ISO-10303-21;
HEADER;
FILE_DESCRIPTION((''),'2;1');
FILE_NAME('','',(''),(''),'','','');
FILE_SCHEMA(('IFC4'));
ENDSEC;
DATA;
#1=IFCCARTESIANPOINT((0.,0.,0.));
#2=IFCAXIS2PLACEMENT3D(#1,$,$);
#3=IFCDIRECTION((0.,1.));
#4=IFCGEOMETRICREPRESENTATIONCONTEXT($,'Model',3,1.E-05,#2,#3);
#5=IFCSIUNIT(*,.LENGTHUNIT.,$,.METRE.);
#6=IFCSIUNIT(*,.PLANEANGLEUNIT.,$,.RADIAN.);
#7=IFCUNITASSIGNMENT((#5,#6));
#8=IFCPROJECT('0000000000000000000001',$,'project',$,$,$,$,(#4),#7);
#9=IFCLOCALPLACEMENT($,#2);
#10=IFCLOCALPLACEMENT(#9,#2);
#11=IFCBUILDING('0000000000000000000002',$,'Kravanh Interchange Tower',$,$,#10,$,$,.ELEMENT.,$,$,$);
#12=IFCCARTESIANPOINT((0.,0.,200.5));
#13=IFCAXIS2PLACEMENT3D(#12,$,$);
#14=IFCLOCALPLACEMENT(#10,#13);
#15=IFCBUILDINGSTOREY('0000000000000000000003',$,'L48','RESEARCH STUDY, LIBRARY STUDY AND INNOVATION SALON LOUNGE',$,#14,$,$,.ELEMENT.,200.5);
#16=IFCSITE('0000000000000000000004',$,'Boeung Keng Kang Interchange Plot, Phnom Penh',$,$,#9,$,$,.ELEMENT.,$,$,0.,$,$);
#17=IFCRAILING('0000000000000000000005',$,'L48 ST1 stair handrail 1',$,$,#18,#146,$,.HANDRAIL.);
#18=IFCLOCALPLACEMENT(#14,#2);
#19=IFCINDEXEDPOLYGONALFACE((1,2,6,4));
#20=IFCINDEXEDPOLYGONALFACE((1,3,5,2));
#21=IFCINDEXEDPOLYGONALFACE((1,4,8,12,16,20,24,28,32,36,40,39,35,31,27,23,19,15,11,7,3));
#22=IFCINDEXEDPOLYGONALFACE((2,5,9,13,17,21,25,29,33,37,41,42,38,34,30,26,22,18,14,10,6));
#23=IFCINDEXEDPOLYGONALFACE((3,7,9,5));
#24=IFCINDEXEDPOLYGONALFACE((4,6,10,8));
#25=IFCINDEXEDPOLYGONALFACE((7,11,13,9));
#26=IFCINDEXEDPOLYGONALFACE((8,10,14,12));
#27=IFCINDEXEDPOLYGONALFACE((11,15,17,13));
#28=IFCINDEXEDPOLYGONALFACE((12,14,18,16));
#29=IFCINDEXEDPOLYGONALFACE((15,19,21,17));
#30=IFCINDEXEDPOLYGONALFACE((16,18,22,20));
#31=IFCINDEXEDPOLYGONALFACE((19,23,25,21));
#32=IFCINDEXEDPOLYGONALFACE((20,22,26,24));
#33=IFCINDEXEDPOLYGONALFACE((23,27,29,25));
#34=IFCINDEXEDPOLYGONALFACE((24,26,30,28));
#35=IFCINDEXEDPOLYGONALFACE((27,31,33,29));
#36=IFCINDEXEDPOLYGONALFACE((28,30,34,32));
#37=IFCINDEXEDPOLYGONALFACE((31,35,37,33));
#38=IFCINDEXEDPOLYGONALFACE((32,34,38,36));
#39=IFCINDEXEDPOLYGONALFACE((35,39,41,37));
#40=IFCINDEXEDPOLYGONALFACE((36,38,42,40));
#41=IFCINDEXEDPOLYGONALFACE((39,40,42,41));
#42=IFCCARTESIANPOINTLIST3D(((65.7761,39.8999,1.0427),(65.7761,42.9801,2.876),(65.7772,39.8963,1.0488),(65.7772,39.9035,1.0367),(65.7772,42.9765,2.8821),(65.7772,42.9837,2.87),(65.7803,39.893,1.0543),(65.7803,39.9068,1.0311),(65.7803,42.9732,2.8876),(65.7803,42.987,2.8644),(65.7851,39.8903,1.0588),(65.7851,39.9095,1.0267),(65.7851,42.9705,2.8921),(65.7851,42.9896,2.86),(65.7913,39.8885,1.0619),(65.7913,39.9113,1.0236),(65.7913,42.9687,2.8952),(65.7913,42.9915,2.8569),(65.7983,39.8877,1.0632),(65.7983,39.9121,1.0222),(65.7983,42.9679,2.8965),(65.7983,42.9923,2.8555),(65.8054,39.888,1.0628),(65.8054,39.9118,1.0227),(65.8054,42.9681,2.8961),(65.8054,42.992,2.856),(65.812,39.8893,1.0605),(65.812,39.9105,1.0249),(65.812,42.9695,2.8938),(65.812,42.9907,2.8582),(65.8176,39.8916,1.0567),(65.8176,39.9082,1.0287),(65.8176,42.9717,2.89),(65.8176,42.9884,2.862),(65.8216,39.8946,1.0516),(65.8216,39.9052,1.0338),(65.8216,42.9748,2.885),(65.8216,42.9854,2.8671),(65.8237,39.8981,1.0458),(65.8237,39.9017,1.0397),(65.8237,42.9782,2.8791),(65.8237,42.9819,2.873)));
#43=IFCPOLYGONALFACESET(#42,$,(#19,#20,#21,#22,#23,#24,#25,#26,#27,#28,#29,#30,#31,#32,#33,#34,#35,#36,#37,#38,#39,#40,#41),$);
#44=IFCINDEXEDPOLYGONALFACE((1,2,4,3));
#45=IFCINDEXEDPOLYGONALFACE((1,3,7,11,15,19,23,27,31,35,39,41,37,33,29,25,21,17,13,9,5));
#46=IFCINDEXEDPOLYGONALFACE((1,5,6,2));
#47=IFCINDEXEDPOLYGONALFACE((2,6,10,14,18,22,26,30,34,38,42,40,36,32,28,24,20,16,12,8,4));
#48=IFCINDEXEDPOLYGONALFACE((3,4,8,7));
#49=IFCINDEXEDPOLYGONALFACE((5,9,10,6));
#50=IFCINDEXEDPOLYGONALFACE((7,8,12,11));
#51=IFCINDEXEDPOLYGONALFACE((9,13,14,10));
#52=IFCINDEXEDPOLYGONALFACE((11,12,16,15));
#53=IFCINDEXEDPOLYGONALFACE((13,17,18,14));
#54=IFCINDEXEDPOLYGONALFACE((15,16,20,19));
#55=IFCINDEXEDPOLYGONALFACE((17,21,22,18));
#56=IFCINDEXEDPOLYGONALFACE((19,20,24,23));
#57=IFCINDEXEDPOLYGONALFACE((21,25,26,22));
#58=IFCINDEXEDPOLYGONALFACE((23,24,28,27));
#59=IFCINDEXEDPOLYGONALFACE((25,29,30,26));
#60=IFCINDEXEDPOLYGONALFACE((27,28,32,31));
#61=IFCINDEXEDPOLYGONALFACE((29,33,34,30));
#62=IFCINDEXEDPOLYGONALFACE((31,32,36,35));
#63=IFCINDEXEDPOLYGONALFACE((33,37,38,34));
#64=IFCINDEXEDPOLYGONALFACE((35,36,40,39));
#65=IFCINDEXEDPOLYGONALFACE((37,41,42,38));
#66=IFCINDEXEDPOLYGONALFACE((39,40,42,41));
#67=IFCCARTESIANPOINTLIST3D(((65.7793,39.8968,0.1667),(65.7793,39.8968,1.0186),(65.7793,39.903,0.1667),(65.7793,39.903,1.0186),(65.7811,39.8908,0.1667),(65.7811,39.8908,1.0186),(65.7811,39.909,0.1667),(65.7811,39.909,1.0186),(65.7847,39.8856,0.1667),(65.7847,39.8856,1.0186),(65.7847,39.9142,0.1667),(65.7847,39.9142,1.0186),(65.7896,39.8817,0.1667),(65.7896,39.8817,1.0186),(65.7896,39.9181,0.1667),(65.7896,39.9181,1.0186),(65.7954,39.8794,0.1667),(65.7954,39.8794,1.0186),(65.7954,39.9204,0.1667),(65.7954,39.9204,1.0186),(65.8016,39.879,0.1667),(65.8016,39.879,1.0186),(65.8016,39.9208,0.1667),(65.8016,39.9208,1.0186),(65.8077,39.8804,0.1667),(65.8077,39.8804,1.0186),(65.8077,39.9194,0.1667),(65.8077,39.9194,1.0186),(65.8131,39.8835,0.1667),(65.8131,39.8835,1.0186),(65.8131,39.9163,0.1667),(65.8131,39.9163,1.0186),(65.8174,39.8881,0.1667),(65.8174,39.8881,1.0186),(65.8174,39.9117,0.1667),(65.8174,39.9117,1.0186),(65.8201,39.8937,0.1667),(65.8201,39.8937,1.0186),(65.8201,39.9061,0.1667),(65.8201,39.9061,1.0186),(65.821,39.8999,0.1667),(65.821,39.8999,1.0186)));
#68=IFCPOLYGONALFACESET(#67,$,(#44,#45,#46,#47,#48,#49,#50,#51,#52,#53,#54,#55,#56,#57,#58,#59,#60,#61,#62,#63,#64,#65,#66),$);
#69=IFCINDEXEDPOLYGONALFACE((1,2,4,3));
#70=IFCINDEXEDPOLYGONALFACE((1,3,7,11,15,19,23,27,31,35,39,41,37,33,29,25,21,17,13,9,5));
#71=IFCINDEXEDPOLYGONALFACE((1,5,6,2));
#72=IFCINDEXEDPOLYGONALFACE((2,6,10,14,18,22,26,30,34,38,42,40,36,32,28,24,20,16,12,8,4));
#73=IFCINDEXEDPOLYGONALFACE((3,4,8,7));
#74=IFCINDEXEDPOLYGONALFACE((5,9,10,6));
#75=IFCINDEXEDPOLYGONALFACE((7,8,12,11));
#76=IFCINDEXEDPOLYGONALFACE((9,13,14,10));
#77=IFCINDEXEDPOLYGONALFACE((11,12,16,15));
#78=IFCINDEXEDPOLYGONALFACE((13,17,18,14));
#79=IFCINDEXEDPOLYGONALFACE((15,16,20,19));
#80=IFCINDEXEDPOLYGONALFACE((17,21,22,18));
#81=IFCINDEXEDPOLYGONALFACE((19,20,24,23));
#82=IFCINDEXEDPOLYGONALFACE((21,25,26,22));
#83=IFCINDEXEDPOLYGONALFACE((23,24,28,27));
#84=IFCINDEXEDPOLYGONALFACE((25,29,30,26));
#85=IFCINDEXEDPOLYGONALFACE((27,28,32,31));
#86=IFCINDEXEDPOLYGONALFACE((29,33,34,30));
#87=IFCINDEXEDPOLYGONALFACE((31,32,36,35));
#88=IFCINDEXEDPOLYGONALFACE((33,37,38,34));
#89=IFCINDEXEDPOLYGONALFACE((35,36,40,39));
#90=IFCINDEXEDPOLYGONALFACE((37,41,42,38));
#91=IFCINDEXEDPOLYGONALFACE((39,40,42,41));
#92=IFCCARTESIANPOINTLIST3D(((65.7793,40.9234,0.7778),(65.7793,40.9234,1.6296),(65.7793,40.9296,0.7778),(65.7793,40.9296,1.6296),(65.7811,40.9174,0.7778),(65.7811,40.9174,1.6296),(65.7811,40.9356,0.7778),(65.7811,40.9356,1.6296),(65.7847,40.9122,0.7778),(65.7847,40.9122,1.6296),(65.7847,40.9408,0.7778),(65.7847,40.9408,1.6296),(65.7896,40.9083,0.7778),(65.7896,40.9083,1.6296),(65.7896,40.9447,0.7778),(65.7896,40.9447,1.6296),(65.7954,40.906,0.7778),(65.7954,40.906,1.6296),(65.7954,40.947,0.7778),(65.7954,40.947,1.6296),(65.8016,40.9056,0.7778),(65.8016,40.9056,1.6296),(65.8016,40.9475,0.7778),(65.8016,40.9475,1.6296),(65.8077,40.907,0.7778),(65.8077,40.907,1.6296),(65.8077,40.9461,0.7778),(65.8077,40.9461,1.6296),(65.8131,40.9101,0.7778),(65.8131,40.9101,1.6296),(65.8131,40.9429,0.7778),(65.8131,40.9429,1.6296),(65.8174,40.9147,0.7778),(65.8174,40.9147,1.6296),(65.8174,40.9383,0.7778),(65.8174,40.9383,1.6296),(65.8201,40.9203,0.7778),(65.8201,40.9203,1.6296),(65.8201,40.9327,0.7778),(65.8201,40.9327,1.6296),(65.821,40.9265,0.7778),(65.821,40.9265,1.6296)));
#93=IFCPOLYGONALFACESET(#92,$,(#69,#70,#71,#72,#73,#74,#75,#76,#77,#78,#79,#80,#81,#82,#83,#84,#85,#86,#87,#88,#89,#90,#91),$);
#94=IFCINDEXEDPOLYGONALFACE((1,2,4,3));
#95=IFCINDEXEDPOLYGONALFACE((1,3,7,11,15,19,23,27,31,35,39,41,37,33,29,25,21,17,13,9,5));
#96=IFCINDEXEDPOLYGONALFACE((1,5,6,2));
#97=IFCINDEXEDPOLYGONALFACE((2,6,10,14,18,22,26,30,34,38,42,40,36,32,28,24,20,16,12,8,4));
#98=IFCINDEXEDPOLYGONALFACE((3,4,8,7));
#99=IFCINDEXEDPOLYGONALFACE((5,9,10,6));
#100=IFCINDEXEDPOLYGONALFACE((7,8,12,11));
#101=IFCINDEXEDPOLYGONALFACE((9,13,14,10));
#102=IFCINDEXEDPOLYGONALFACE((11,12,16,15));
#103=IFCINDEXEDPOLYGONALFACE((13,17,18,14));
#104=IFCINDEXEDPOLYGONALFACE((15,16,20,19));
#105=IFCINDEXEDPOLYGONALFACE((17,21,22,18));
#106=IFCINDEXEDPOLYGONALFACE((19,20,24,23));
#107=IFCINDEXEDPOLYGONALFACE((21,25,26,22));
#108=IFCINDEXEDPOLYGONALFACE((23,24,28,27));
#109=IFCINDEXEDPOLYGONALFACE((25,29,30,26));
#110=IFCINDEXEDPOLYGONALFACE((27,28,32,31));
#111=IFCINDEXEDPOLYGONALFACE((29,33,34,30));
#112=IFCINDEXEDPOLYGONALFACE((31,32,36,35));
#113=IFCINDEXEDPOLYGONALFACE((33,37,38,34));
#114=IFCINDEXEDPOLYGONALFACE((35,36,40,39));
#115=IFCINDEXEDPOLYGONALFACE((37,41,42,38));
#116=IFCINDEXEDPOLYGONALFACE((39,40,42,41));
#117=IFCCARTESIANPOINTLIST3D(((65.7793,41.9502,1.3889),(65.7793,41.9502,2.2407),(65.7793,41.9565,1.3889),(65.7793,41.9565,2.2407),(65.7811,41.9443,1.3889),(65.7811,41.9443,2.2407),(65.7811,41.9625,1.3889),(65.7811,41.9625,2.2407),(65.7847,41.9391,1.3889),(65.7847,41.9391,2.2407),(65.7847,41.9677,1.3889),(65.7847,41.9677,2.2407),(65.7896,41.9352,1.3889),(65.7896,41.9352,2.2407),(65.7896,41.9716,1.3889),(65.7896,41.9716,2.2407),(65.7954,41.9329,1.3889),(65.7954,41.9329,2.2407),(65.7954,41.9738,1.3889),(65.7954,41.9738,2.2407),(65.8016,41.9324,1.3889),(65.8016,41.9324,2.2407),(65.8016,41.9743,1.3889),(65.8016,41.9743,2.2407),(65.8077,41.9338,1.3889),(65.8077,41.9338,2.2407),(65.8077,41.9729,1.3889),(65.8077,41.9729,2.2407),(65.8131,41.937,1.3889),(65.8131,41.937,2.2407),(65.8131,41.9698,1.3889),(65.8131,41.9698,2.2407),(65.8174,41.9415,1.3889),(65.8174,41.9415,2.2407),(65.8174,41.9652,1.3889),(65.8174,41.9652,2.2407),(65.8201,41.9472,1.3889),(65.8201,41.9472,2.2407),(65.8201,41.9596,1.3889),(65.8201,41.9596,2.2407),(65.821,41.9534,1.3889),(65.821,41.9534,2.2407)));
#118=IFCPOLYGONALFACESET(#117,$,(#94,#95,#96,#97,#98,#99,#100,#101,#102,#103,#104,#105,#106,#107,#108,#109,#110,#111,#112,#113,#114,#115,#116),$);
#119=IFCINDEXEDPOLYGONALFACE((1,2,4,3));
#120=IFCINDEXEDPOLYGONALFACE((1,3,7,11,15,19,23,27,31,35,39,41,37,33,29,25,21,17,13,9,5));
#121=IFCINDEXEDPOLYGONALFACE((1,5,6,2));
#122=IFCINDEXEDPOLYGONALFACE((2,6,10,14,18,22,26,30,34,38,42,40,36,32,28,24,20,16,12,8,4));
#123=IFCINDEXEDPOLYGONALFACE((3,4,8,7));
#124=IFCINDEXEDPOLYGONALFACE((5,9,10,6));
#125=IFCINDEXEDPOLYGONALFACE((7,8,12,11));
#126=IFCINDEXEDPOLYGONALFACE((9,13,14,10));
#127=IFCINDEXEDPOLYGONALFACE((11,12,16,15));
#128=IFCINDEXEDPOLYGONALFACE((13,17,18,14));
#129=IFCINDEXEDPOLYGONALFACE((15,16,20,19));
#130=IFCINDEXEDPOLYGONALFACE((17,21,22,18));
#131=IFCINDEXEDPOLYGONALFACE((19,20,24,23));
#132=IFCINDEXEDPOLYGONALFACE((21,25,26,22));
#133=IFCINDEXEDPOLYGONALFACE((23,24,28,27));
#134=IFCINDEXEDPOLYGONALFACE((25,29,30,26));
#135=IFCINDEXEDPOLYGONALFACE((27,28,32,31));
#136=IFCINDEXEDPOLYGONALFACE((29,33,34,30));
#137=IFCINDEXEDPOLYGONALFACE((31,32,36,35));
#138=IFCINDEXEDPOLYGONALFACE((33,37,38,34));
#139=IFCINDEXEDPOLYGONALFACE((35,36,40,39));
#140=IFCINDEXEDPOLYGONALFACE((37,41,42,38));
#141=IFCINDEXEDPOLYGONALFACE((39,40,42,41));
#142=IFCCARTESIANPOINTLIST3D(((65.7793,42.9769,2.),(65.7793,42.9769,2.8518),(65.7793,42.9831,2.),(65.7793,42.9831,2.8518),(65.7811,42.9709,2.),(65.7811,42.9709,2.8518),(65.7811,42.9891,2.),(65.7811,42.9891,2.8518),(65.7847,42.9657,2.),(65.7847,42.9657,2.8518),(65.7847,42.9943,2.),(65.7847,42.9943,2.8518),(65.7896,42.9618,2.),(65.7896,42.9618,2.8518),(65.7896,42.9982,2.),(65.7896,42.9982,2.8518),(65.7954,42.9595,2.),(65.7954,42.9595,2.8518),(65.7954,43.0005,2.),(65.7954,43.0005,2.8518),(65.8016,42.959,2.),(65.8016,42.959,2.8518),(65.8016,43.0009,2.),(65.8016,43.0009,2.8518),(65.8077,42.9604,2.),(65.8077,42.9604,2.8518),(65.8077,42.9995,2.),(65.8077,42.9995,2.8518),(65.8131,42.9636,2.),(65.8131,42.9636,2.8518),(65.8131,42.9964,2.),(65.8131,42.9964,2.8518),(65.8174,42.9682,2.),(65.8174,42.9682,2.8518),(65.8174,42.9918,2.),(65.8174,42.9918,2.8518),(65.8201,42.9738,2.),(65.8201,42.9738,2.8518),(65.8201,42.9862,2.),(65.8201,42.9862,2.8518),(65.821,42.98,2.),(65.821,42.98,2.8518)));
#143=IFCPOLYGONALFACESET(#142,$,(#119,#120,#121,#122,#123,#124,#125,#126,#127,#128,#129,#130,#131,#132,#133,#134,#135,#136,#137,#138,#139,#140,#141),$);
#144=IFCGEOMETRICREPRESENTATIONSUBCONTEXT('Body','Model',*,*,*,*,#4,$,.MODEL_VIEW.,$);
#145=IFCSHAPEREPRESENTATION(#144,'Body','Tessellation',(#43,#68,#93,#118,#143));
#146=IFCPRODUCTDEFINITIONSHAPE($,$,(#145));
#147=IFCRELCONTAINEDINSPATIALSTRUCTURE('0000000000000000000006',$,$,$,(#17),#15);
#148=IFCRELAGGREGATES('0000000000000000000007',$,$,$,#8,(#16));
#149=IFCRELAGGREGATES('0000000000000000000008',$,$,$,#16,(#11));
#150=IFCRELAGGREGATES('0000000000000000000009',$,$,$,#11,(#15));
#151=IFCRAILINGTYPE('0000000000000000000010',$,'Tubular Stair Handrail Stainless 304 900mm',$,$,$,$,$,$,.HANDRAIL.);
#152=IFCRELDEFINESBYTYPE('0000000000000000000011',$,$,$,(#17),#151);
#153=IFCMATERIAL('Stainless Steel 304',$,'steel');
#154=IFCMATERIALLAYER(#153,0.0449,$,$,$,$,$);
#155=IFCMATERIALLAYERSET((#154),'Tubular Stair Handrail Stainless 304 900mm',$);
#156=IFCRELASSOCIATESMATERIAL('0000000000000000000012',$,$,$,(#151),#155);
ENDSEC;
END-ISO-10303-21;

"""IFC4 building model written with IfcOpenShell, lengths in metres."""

from ifc_helpers import new_model, si_unit, direction, frame, origin, origin_2d, place, context, subcontext, project, spatial, circle, extrude, material, layer, layer_set, type_object, element, save


model = new_model("IFC4")

# Units and contexts
model_context = context("Model", 3, precision=1e-05, world=origin(), true_north=direction((0.0, 1.0)))
body_context = subcontext(model_context, "Body", "Model", "MODEL_VIEW")
ifc_project = project(units=[si_unit("LENGTHUNIT", "METRE"), si_unit("PLANEANGLEUNIT", "RADIAN")], contexts=[model_context])

# Site, building, storey
site_placement = place(None, origin())
site = spatial("IfcSite", under=ifc_project, at=site_placement, Name="Boeung Keng Kang Interchange Plot, Phnom Penh", CompositionType="ELEMENT", RefElevation=0.0)
building_placement = place(site_placement, origin())
building = spatial("IfcBuilding", under=site, at=building_placement, Name="Kravanh Interchange Tower", CompositionType="ELEMENT")
storey_placement = place(building_placement, frame((0.0, 0.0, 200.5)))
storey = spatial("IfcBuildingStorey", under=building, at=storey_placement, Name="L48", Description="RESEARCH STUDY, LIBRARY STUDY AND INNOVATION SALON LOUNGE", CompositionType="ELEMENT", Elevation=200.5)

# Railing
ifc_material_1 = material(Name="Stainless Steel 304", Category="steel")
ifc_layer_1 = layer(ifc_material_1, 0.0449)
ifc_layer_set_1 = layer_set([ifc_layer_1], Name="Tubular Stair Handrail Stainless 304 900mm")
railing_type_1 = type_object("IfcRailingType", Name="Tubular Stair Handrail Stainless 304 900mm", PredefinedType="HANDRAIL", material=ifc_layer_set_1)
railing_1_placement = place(storey_placement, frame((65.8, 39.8999, 0.1667)))
element("IfcRailing", 1, at=railing_1_placement, inside=storey, type_object=railing_type_1, Name="L48 ST1 stair handrail 1", PredefinedType="HANDRAIL", context=body_context, shape_type="SweptSolid", body=[
    extrude(circle(Radius=0.0239, at=origin_2d()), frame((0.0, 0.0, 0.876), z_axis=(0.0, 0.859309, 0.511458), x_axis=(-1.0, 0.0, 0.0)), (0.0, 0.0, 1.0), 3.5845),
    extrude(circle(Radius=0.021, at=origin_2d()), origin(), (0.0, 0.0, 1.0), 0.8518),
    extrude(circle(Radius=0.021, at=origin_2d()), frame((0.0, 1.0266, 0.6111)), (0.0, 0.0, 1.0), 0.8518),
    extrude(circle(Radius=0.021, at=origin_2d()), frame((0.0, 2.0535, 1.2222)), (0.0, 0.0, 1.0), 0.8518),
    extrude(circle(Radius=0.021, at=origin_2d()), frame((0.0, 3.0801, 1.8333)), (0.0, 0.0, 1.0), 0.8518),
])

save(model, "model.ifc")
